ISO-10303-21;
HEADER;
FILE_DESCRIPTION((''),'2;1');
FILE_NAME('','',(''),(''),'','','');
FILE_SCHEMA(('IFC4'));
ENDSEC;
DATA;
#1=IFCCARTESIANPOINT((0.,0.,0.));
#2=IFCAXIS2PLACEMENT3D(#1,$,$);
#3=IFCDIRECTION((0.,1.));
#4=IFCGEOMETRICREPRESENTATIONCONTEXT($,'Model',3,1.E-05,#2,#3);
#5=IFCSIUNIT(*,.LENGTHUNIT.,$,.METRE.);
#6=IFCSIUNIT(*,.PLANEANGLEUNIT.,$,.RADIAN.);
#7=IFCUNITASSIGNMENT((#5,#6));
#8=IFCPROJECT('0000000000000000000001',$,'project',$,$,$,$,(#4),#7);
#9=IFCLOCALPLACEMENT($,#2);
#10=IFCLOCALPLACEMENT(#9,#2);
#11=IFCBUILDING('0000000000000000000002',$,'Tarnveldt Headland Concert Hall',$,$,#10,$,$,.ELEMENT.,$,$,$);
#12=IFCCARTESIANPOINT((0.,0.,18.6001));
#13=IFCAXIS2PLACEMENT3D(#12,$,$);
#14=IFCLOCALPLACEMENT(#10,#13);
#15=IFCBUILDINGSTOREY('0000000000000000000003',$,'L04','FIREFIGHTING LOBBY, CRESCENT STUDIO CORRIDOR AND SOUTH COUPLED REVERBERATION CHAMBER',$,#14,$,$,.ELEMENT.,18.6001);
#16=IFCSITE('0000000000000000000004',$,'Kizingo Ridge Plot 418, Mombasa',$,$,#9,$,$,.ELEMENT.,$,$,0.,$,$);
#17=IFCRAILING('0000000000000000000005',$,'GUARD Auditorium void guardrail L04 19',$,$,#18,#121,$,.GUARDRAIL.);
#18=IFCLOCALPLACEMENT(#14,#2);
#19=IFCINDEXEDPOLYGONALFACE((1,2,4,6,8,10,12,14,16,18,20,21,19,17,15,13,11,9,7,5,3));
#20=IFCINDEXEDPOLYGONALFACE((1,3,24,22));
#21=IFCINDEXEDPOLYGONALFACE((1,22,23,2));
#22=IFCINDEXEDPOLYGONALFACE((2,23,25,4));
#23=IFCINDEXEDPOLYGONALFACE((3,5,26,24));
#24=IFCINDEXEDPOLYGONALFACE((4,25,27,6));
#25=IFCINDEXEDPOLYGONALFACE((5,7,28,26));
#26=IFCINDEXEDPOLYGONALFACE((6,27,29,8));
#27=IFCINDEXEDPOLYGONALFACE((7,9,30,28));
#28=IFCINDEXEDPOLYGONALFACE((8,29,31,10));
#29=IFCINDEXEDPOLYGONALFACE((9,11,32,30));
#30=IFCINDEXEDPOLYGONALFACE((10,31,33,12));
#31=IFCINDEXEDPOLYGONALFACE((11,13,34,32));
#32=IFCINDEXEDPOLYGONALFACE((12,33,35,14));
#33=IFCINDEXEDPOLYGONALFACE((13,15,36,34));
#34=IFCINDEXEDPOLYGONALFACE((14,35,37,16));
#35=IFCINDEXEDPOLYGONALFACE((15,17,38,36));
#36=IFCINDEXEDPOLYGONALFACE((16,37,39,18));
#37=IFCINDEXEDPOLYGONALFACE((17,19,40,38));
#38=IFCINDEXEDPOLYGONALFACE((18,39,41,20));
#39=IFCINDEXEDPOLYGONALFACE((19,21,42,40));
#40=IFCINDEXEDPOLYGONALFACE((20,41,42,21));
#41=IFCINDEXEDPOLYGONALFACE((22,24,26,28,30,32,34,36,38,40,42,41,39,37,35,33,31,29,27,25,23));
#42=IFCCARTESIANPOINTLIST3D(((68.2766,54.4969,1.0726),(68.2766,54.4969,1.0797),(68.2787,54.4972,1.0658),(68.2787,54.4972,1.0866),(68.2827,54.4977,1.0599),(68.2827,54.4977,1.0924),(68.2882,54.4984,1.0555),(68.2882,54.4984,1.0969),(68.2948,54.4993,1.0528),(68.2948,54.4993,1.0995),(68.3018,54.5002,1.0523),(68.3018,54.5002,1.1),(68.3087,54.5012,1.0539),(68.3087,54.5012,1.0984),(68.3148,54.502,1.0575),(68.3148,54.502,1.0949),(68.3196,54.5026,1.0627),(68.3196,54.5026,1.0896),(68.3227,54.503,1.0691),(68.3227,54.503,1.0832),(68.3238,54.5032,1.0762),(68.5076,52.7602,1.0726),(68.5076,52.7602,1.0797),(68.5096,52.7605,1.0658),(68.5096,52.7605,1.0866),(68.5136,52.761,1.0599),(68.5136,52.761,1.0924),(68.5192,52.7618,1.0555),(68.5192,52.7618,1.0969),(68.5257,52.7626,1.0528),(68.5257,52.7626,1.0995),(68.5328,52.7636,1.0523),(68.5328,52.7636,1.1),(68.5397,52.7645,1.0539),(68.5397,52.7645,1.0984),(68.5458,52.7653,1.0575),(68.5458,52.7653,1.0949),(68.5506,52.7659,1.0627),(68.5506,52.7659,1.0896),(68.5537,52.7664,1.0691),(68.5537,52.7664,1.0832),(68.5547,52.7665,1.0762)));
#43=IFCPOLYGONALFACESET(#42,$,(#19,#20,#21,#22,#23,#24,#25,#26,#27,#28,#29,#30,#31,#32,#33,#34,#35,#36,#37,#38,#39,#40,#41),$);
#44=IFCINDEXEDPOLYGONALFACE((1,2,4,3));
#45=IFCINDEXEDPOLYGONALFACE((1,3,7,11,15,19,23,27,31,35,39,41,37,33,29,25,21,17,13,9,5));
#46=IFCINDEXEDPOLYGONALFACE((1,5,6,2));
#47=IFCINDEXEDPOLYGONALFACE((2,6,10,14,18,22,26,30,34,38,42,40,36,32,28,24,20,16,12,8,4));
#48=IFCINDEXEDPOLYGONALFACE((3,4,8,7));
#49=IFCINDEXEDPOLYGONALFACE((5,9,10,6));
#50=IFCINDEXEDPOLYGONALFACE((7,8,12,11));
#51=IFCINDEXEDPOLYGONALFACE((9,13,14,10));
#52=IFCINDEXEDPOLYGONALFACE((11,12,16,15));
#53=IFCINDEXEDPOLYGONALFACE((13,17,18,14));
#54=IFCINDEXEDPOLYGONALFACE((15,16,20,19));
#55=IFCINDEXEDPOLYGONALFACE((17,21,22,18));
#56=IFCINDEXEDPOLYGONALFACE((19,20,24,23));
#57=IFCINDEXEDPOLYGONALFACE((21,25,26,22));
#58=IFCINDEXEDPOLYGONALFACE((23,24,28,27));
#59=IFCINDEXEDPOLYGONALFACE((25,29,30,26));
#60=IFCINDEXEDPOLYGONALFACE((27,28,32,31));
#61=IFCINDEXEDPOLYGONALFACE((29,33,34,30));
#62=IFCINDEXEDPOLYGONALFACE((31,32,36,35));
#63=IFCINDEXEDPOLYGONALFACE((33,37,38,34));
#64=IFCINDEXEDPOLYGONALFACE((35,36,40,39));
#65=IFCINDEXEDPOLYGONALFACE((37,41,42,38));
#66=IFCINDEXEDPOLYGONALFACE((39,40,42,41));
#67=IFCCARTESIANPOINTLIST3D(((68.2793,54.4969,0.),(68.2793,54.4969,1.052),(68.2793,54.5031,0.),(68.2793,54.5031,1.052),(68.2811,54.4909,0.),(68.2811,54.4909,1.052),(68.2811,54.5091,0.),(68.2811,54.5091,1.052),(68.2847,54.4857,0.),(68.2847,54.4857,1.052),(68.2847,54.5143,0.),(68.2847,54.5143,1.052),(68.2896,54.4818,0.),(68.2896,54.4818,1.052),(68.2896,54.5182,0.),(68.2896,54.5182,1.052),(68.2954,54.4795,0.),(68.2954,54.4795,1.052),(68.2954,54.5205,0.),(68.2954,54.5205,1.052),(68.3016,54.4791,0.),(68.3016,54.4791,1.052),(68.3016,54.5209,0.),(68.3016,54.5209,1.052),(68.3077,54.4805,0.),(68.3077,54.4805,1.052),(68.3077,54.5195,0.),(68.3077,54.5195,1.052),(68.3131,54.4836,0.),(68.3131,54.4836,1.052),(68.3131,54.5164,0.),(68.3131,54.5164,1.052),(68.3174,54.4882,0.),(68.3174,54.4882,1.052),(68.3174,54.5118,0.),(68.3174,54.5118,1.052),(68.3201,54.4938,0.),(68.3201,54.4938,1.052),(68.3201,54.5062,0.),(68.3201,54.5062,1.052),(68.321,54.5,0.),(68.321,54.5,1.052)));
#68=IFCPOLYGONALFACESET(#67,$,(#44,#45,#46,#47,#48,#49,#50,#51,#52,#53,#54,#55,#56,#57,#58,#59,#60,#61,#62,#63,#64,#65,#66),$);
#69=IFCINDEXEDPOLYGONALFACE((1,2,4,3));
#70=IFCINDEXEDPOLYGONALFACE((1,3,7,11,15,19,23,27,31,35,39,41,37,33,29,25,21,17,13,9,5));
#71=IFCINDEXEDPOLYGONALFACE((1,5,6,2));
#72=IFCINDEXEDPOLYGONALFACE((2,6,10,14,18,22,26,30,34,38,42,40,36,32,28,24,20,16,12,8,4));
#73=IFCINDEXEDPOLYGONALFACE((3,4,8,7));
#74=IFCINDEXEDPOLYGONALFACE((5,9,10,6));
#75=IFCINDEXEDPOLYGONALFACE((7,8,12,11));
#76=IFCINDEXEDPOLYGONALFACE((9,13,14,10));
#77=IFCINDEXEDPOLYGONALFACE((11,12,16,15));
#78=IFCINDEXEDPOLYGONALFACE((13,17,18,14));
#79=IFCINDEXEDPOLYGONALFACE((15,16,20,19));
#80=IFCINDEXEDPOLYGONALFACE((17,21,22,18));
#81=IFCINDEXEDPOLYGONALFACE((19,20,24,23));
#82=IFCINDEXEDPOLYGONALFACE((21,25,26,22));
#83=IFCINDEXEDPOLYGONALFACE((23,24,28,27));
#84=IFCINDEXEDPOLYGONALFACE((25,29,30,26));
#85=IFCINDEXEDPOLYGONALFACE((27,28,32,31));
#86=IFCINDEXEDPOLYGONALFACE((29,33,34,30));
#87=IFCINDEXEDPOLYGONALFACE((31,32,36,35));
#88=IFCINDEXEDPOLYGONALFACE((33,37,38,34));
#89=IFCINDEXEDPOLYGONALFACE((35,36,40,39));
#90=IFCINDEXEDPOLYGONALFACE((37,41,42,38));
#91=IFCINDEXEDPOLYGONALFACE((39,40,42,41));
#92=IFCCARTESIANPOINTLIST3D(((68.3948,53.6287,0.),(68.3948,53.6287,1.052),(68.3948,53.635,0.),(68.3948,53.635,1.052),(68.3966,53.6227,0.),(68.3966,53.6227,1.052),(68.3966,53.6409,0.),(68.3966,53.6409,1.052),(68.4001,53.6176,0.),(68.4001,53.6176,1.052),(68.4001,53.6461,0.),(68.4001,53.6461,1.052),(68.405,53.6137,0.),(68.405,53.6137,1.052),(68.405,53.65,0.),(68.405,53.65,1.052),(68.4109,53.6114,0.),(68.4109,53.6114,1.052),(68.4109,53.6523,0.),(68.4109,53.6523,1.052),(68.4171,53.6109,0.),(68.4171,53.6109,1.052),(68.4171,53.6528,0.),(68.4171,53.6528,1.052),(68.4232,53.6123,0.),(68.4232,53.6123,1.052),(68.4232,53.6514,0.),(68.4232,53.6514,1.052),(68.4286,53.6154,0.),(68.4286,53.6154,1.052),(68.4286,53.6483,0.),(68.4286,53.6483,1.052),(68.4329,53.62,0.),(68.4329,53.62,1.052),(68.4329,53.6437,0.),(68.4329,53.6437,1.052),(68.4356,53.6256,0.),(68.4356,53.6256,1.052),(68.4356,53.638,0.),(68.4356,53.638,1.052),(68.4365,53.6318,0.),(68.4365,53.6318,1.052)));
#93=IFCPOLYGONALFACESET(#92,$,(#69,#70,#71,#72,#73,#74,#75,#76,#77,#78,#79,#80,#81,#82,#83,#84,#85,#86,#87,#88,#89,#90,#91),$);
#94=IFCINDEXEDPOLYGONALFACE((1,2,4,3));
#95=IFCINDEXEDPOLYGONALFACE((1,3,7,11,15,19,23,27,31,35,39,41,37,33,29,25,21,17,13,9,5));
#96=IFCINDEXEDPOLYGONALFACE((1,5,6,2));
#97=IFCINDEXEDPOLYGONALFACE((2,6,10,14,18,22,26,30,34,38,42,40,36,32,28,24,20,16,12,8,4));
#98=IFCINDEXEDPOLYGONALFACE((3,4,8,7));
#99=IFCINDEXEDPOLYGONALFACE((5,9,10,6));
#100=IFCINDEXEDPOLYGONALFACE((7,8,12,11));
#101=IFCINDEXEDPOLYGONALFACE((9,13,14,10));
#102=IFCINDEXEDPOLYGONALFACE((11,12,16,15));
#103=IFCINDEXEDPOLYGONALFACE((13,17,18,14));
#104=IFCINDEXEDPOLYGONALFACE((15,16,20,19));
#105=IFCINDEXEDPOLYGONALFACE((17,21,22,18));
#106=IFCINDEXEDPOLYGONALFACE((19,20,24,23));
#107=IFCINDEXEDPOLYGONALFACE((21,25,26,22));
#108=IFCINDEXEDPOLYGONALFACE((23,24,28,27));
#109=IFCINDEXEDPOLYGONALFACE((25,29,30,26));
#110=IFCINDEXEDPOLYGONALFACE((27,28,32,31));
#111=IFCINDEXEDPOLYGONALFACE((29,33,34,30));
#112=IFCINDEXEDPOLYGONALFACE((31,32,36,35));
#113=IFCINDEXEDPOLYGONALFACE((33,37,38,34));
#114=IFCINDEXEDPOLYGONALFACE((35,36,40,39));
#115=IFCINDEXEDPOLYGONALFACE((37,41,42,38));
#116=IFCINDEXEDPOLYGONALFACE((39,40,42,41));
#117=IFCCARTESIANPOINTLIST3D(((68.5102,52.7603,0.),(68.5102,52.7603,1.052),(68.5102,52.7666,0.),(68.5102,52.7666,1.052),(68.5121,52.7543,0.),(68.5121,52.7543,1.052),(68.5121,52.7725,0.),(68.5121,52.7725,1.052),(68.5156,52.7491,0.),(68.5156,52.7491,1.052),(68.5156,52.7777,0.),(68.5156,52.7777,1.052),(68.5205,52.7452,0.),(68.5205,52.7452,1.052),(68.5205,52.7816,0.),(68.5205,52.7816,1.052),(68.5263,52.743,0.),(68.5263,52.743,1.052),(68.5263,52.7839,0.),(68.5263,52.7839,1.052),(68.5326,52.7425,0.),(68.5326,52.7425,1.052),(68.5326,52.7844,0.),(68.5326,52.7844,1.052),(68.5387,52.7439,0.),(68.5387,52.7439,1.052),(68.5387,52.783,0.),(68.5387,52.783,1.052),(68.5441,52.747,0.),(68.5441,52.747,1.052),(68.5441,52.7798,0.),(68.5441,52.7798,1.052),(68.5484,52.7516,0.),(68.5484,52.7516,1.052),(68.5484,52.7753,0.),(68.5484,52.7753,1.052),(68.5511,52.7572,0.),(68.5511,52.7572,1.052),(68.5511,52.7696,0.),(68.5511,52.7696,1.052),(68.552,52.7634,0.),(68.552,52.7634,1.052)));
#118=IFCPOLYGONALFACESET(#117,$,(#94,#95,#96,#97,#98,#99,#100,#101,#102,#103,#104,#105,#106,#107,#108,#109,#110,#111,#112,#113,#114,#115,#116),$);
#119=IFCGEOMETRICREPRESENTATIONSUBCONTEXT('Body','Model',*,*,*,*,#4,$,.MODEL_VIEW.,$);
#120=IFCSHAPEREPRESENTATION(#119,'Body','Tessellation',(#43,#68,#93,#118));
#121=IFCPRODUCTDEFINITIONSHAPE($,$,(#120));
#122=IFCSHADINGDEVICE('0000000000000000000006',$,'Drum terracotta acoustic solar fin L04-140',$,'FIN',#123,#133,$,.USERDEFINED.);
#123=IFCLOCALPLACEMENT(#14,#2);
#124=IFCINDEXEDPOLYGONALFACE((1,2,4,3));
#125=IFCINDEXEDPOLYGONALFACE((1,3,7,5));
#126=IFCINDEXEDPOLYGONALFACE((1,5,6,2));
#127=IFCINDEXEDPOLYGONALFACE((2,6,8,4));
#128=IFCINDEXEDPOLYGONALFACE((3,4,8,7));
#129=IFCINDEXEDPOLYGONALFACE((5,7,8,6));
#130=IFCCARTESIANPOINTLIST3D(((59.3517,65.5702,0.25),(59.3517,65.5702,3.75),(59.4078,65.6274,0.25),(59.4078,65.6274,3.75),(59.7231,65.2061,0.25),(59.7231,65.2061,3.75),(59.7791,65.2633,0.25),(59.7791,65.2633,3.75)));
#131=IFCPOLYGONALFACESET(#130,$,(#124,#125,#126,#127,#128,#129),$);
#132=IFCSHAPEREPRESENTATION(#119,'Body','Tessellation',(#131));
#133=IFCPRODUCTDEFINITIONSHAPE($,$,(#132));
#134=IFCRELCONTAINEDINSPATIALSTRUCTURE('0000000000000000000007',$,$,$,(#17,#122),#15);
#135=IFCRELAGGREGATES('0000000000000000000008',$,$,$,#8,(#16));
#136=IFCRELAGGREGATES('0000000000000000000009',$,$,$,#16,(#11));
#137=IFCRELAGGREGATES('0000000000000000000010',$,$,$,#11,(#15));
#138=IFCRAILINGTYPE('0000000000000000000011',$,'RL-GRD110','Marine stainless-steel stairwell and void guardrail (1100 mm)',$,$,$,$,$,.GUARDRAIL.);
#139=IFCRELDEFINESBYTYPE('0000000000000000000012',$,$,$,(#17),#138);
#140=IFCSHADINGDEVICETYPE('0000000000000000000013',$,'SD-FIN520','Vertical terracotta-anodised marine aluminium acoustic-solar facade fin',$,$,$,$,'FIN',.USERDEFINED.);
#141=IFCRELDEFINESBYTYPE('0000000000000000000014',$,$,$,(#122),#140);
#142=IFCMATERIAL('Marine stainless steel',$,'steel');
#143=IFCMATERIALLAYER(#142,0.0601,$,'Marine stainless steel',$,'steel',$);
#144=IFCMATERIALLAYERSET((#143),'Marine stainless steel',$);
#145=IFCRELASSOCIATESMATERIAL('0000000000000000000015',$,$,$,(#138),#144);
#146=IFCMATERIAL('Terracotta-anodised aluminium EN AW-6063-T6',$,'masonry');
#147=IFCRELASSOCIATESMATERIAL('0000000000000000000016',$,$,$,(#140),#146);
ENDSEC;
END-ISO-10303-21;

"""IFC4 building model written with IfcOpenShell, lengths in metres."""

from ifc_helpers import new_model, si_unit, direction, frame, origin, origin_2d, place, context, subcontext, project, spatial, rectangle, circle, extrude, material, layer, layer_set, type_object, element, save


model = new_model("IFC4")

# Units and contexts
model_context = context("Model", 3, precision=1e-05, world=origin(), true_north=direction((0.0, 1.0)))
body_context = subcontext(model_context, "Body", "Model", "MODEL_VIEW")
ifc_project = project(units=[si_unit("LENGTHUNIT", "METRE"), si_unit("PLANEANGLEUNIT", "RADIAN")], contexts=[model_context])

# Site, building, storey
site_placement = place(None, origin())
site = spatial("IfcSite", under=ifc_project, at=site_placement, Name="Kizingo Ridge Plot 418, Mombasa", CompositionType="ELEMENT", RefElevation=0.0)
building_placement = place(site_placement, origin())
building = spatial("IfcBuilding", under=site, at=building_placement, Name="Tarnveldt Headland Concert Hall", CompositionType="ELEMENT")
storey_placement = place(building_placement, frame((0.0, 0.0, 18.6001)))
storey = spatial("IfcBuildingStorey", under=building, at=storey_placement, Name="L04", Description="FIREFIGHTING LOBBY, CRESCENT STUDIO CORRIDOR AND SOUTH COUPLED REVERBERATION CHAMBER", CompositionType="ELEMENT", Elevation=18.6001)

# Railing
ifc_material_1 = material(Name="Marine stainless steel", Category="steel")
ifc_layer_1 = layer(ifc_material_1, 0.0601, Name="Marine stainless steel", Category="steel")
ifc_layer_set_1 = layer_set([ifc_layer_1], Name="Marine stainless steel")
railing_type = type_object("IfcRailingType", Name="RL-GRD110", Description="Marine stainless-steel stairwell and void guardrail (1100 mm)", PredefinedType="GUARDRAIL", material=ifc_layer_set_1)
railing_1_placement = place(storey_placement, frame((68.3, 54.5, 0.0)))
element("IfcRailing", 1, at=railing_1_placement, inside=storey, type_object=railing_type, Name="GUARD Auditorium void guardrail L04 19", PredefinedType="GUARDRAIL", context=body_context, shape_type="SweptSolid", body=[
    extrude(circle(Radius=0.0239, at=origin_2d()), frame((0.0, 0.0, 1.0762), z_axis=(0.131835, -0.991272, 0.0), x_axis=(0.991272, 0.131835, 0.0)), (0.0, 0.0, 1.0), 1.752),
    extrude(circle(Radius=0.021, at=origin_2d()), origin(), (0.0, 0.0, 1.0), 1.052),
    extrude(circle(Radius=0.021, at=origin_2d()), frame((0.1155, -0.8682, 0.0)), (0.0, 0.0, 1.0), 1.052),
    extrude(circle(Radius=0.021, at=origin_2d()), frame((0.231, -1.7366, 0.0)), (0.0, 0.0, 1.0), 1.052),
])

# Shading device
ifc_material_2 = material(Name="Terracotta-anodised aluminium EN AW-6063-T6", Category="masonry")
shading_device_type = type_object("IfcShadingDeviceType", Name="SD-FIN520", Description="Vertical terracotta-anodised marine aluminium acoustic-solar facade fin", ElementType="FIN", PredefinedType="USERDEFINED", material=ifc_material_2)
shading_device_placement = place(storey_placement, frame((59.5654, 65.4167, 0.25), z_axis=(0.0, 0.0, 1.0), x_axis=(-0.714106, 0.700037, 0.0)))
element("IfcShadingDevice", 2, at=shading_device_placement, inside=storey, type_object=shading_device_type, Name="Drum terracotta acoustic solar fin L04-140", ObjectType="FIN", PredefinedType="USERDEFINED", context=body_context, shape_type="SweptSolid", body=[
    extrude(rectangle(XDim=0.52, YDim=0.0801, at=origin_2d()), origin(), (0.0, 0.0, 1.0), 3.5),
])

save(model, "model.ifc")
